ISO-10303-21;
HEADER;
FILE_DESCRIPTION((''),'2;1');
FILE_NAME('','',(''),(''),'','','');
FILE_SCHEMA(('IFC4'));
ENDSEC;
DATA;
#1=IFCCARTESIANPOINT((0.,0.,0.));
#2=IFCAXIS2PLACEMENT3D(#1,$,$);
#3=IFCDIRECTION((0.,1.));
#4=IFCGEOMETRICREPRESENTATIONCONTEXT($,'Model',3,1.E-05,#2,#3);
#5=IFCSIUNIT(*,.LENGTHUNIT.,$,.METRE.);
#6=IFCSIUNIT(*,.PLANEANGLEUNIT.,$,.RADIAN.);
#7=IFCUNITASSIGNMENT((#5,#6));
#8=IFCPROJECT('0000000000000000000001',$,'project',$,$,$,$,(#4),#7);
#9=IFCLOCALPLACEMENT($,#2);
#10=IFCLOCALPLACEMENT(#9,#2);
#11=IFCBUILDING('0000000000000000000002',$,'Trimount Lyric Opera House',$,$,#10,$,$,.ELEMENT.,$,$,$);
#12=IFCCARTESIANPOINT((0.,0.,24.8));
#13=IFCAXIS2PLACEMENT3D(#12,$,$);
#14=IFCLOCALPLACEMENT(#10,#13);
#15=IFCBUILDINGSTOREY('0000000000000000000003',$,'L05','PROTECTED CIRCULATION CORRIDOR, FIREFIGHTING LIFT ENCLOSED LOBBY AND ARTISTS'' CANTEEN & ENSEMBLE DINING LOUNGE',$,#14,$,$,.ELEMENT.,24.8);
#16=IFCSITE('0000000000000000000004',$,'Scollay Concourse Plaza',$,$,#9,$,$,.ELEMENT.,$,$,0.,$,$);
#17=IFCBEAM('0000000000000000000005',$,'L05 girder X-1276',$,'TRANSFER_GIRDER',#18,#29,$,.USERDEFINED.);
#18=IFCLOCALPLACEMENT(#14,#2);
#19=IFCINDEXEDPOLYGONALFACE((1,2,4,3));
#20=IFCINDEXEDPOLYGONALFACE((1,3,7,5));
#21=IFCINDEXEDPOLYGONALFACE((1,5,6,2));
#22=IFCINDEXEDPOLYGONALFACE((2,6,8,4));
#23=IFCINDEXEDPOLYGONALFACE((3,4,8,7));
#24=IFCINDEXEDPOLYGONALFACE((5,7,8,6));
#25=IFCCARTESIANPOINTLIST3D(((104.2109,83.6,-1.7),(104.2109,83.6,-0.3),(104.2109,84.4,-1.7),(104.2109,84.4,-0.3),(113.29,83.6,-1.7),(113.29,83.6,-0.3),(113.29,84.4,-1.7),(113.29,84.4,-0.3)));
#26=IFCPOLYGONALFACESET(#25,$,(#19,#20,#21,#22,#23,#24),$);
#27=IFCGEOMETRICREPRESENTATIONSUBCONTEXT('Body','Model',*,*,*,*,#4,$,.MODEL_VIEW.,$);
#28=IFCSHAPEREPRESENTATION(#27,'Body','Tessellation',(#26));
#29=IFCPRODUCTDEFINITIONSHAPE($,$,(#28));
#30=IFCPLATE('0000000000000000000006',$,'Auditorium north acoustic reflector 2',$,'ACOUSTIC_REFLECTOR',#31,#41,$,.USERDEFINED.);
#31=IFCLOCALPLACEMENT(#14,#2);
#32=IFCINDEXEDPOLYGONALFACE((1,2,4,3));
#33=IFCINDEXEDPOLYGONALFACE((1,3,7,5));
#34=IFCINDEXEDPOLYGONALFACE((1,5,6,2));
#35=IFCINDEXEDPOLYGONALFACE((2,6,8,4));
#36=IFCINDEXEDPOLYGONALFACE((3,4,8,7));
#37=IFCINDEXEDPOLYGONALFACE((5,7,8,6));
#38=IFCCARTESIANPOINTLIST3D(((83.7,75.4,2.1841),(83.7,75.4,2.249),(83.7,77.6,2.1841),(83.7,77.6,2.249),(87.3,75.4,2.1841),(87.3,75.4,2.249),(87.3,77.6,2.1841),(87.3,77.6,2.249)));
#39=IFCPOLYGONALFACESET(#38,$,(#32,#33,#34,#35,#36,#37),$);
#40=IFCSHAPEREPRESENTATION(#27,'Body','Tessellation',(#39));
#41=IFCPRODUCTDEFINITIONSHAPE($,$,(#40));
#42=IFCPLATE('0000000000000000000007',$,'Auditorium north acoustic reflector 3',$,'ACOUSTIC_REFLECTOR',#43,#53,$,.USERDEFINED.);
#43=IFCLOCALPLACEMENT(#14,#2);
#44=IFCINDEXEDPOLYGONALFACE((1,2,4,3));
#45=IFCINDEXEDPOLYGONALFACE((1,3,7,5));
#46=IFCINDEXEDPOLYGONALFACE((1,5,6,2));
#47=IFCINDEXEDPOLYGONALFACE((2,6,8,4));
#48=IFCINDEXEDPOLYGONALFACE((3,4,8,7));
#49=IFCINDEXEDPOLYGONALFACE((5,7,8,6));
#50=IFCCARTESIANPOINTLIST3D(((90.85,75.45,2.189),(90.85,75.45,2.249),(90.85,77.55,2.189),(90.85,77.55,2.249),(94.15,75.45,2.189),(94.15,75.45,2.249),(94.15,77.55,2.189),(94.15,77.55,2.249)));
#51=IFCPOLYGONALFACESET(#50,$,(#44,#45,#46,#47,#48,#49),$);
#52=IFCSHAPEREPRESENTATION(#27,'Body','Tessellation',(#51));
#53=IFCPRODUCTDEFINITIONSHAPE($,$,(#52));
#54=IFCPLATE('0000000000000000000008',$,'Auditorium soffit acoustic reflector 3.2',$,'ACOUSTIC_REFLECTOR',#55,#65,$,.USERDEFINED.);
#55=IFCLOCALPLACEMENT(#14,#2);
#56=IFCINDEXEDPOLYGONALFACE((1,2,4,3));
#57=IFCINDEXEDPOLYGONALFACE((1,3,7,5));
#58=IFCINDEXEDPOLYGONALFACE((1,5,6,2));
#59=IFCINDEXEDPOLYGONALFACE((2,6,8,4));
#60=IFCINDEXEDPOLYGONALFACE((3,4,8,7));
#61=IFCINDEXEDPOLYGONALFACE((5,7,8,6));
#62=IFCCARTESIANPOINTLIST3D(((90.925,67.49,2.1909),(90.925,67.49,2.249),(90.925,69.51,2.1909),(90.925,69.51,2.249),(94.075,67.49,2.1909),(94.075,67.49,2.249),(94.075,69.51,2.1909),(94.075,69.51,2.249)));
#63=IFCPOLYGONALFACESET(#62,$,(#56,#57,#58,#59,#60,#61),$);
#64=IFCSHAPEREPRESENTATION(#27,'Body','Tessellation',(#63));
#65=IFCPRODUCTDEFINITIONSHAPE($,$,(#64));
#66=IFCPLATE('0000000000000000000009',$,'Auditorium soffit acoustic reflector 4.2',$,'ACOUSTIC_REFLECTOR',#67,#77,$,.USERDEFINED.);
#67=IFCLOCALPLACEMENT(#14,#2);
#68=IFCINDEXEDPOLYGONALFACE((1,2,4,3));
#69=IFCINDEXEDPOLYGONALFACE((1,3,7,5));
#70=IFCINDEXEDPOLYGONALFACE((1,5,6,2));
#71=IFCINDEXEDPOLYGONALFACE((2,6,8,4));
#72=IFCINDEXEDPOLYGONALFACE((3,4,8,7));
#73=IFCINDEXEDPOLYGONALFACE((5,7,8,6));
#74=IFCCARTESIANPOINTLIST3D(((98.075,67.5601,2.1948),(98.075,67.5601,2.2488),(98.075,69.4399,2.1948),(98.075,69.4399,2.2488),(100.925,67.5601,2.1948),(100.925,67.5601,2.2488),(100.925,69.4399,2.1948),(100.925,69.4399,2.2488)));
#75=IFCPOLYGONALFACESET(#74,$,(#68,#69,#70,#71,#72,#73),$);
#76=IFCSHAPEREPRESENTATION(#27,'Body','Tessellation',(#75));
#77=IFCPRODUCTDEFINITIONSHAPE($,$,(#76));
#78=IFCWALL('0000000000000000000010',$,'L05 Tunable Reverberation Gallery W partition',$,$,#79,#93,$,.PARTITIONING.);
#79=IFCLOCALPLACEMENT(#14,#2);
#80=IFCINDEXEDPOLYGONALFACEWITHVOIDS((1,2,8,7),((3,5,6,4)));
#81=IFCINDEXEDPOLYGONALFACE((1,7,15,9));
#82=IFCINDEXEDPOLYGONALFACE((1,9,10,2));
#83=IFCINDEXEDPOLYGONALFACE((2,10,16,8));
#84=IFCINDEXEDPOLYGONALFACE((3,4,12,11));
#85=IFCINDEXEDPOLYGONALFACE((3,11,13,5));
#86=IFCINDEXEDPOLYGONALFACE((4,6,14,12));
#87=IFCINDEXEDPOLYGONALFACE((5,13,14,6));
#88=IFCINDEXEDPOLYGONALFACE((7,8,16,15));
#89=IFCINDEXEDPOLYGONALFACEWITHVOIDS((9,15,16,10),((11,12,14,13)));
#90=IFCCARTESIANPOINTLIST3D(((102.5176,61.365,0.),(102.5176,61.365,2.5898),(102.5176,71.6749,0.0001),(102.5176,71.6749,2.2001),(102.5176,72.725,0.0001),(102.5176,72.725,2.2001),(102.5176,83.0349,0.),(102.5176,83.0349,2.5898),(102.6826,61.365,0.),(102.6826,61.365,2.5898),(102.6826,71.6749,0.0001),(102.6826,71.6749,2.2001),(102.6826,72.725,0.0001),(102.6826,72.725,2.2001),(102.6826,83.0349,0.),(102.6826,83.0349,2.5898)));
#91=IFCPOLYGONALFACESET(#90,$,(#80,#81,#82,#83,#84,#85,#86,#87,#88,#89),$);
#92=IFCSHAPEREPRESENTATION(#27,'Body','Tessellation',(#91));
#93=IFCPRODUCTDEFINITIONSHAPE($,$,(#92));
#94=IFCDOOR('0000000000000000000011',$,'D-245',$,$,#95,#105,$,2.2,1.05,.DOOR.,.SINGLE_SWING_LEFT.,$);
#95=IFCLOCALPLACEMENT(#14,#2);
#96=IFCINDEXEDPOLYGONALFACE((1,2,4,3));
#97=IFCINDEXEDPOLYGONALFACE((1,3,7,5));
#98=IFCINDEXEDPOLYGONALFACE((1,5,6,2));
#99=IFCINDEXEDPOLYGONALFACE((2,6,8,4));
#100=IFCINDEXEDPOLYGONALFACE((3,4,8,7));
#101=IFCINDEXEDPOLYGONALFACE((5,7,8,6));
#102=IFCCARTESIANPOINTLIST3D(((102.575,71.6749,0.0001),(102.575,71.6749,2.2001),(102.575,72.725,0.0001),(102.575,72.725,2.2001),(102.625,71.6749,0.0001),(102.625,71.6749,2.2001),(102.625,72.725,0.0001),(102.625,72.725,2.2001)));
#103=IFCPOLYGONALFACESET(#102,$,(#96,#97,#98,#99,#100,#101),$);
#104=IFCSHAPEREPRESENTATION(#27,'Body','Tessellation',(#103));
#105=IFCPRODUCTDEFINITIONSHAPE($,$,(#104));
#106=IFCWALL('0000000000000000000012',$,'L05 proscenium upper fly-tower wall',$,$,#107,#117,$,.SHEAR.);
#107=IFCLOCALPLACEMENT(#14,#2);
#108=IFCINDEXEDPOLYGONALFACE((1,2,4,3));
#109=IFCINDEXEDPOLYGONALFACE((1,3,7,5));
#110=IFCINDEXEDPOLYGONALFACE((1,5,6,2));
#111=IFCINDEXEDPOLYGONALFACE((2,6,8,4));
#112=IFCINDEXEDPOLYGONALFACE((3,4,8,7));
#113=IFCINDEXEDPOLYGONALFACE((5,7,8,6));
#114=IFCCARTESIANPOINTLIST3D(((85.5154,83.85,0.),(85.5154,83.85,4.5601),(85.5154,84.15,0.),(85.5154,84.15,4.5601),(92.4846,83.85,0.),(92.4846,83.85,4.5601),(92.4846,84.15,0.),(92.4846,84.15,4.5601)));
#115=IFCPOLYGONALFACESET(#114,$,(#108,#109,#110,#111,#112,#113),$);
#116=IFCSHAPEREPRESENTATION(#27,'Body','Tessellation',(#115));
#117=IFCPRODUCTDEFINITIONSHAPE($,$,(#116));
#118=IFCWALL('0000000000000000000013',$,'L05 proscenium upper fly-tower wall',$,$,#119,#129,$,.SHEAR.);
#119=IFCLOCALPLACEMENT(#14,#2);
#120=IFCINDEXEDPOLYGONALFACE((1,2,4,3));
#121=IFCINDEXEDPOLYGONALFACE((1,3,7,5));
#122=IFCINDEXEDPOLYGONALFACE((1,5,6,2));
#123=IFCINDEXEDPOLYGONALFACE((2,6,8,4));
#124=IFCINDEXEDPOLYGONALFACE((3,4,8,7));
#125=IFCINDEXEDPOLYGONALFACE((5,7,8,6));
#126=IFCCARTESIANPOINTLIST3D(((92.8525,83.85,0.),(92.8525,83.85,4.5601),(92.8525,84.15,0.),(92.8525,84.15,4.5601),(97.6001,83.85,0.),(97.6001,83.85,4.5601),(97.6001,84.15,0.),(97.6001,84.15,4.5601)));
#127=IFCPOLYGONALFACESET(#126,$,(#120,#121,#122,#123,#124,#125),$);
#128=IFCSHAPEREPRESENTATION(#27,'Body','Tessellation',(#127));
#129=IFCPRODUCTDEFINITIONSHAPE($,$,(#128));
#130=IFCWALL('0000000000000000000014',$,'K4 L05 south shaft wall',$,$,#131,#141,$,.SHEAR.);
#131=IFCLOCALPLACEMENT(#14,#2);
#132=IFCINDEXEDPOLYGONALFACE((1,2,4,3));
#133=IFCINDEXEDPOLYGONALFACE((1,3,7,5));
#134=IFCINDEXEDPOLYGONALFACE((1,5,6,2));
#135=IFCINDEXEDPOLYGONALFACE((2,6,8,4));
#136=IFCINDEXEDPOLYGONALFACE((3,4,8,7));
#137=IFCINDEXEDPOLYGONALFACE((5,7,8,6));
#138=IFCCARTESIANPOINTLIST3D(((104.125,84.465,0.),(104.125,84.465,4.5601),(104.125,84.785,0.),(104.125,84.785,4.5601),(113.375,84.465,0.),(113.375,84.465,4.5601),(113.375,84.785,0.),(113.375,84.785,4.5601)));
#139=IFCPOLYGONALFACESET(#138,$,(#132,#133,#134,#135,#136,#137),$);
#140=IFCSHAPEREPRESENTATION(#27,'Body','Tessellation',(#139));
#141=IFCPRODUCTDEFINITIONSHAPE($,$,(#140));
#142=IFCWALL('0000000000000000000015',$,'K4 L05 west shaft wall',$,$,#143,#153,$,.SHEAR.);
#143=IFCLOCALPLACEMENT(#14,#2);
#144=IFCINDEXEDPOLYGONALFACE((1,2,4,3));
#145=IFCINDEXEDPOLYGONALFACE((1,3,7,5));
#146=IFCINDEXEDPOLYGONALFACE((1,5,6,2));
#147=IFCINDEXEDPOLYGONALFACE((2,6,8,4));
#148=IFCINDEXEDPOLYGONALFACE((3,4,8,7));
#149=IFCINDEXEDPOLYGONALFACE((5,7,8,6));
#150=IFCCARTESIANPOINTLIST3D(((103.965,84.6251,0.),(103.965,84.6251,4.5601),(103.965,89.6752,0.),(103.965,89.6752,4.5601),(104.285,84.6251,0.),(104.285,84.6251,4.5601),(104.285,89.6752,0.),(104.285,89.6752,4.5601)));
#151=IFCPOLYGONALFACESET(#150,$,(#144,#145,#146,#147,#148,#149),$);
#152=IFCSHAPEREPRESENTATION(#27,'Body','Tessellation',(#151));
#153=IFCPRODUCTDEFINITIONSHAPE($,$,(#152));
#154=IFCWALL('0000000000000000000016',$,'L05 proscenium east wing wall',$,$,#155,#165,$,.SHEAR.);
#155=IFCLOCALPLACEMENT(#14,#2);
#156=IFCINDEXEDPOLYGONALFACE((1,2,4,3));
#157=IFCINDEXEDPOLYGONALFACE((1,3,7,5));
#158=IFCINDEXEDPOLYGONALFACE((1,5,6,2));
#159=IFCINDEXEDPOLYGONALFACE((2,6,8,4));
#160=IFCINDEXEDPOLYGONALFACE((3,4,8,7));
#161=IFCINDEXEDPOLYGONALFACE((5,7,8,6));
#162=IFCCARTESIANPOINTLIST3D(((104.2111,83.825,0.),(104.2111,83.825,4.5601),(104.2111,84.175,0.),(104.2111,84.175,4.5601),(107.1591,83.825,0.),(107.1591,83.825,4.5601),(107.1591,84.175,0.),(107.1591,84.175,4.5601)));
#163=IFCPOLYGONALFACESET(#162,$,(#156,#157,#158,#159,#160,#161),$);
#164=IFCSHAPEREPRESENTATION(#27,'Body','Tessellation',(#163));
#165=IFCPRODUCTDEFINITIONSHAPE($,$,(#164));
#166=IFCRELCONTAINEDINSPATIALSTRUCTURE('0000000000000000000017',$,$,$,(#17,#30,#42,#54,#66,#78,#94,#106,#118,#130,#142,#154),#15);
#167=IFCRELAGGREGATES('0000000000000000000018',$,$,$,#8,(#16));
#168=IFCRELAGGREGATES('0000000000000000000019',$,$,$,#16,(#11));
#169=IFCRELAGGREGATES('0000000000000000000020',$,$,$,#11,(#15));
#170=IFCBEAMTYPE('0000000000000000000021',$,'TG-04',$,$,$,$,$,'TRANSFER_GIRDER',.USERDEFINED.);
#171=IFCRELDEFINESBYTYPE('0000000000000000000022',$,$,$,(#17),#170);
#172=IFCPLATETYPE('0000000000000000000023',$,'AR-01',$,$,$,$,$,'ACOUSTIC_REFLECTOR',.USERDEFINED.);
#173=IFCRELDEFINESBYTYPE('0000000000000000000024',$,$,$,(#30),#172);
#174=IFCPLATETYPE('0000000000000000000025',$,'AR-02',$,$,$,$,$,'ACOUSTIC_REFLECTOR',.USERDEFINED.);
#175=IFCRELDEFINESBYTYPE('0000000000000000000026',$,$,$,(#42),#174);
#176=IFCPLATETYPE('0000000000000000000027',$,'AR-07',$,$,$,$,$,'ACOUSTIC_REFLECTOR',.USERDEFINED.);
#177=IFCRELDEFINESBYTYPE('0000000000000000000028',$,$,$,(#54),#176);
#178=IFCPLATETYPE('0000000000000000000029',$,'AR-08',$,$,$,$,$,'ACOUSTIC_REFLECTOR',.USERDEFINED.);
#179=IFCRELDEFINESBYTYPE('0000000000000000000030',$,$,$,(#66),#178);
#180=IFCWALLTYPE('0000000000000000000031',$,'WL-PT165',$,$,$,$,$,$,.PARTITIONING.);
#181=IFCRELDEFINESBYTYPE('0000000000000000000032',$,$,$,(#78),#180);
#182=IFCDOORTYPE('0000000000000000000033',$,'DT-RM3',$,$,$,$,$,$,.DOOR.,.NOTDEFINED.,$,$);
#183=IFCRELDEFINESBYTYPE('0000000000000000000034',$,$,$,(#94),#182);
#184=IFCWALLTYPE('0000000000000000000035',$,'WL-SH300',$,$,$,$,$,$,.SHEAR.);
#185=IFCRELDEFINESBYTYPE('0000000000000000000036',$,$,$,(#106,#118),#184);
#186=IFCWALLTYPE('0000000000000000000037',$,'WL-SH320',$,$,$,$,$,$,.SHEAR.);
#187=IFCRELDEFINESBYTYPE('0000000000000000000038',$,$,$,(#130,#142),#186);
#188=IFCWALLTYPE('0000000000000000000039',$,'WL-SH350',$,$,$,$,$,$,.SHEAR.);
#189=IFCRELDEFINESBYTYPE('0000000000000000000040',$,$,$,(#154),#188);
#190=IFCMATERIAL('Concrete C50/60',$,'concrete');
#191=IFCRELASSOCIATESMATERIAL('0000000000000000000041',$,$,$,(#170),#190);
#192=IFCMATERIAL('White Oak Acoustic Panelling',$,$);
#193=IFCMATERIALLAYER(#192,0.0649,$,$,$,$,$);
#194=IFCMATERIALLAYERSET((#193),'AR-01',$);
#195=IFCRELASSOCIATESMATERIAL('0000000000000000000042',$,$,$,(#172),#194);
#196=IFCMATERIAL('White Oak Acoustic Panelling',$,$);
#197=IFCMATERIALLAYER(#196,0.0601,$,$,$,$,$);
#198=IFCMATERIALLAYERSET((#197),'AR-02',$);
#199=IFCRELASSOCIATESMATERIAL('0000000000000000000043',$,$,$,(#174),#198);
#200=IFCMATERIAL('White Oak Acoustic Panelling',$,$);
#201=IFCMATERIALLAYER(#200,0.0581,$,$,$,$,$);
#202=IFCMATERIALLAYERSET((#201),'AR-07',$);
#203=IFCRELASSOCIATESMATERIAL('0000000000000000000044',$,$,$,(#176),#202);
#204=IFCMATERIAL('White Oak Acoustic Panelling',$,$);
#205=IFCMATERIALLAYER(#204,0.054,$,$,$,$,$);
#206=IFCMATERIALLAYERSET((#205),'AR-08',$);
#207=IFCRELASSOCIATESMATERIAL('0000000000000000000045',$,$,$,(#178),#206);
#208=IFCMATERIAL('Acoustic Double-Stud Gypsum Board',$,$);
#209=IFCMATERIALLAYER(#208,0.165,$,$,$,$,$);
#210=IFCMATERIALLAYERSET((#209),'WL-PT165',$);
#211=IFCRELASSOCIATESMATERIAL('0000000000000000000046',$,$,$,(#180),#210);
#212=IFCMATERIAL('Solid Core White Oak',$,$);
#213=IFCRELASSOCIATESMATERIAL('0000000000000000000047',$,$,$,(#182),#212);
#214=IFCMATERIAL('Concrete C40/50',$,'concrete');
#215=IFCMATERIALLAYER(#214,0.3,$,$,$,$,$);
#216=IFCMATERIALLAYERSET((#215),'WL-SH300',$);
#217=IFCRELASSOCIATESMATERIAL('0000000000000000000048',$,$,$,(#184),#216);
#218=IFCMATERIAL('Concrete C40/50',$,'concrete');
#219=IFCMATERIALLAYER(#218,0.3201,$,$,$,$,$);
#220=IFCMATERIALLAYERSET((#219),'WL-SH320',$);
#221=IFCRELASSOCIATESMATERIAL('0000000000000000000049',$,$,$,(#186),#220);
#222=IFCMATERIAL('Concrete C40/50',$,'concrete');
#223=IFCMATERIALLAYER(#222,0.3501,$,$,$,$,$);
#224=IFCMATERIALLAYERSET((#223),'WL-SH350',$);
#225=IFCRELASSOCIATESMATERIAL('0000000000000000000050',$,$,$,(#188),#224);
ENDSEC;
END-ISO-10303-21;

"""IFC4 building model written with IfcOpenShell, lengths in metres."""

from ifc_helpers import new_model, si_unit, direction, frame, frame_2d, origin, origin_2d, place, context, subcontext, project, spatial, rectangle, extrude, material, layer, layer_set, material_profile, profile_set, type_object, element, fill, save


model = new_model("IFC4")

# Units and contexts
model_context = context("Model", 3, precision=1e-05, world=origin(), true_north=direction((0.0, 1.0)))
body_context = subcontext(model_context, "Body", "Model", "MODEL_VIEW")
ifc_project = project(units=[si_unit("LENGTHUNIT", "METRE"), si_unit("PLANEANGLEUNIT", "RADIAN")], contexts=[model_context])

# Site, building, storey
site_placement = place(None, origin())
site = spatial("IfcSite", under=ifc_project, at=site_placement, Name="Scollay Concourse Plaza", CompositionType="ELEMENT", RefElevation=0.0)
building_placement = place(site_placement, origin())
building = spatial("IfcBuilding", under=site, at=building_placement, Name="Trimount Lyric Opera House", CompositionType="ELEMENT")
storey_placement = place(building_placement, frame((0.0, 0.0, 24.8)))
storey = spatial("IfcBuildingStorey", under=building, at=storey_placement, Name="L05", Description="PROTECTED CIRCULATION CORRIDOR, FIREFIGHTING LIFT ENCLOSED LOBBY AND ARTISTS' CANTEEN & ENSEMBLE DINING LOUNGE", CompositionType="ELEMENT", Elevation=24.8)

# Beam
ifc_material_1 = material(Name="Concrete C50/60", Category="concrete")
ifc_material_profile_1 = material_profile(ifc_material_1, rectangle(XDim=0.8, YDim=1.3999, at=origin_2d()), Name="RC800X1400")
ifc_profile_set_1 = profile_set([ifc_material_profile_1], Name="Concrete C50/60")
beam_type_1 = type_object("IfcBeamType", Name="TG-04", ElementType="TRANSFER_GIRDER", PredefinedType="USERDEFINED", material=ifc_profile_set_1)
beam_1_placement = place(storey_placement, frame((104.2109, 84.0, -1.0), z_axis=(1.0, 0.0, 0.0), x_axis=(0.0, 1.0, 0.0)))
element("IfcBeam", 1, at=beam_1_placement, inside=storey, type_object=beam_type_1, Name="L05 girder X-1276", ObjectType="TRANSFER_GIRDER", PredefinedType="USERDEFINED", context=body_context, shape_type="SweptSolid", body=[
    extrude(rectangle(XDim=0.8, YDim=1.3999, at=origin_2d()), origin(), (0.0, 0.0, 1.0), 9.0791),
])

# Plates
ifc_material_2 = material(Name="White Oak Acoustic Panelling")
ifc_layer_1 = layer(ifc_material_2, 0.0649)
ifc_layer_set_1 = layer_set([ifc_layer_1], Name="AR-01")
plate_type_1 = type_object("IfcPlateType", Name="AR-01", ElementType="ACOUSTIC_REFLECTOR", PredefinedType="USERDEFINED", material=ifc_layer_set_1)
plate_1_placement = place(storey_placement, frame((85.5, 76.5, 2.1841), z_axis=(0.0, 0.0, 1.0), x_axis=(1.0, 0.0, 0.0)))
element("IfcPlate", 2, at=plate_1_placement, inside=storey, type_object=plate_type_1, Name="Auditorium north acoustic reflector 2", ObjectType="ACOUSTIC_REFLECTOR", PredefinedType="USERDEFINED", context=body_context, shape_type="SweptSolid", body=[
    extrude(rectangle(XDim=3.6001, YDim=2.2, at=origin_2d()), origin(), (0.0, 0.0, 1.0), 0.0649),
])
ifc_material_3 = material(Name="White Oak Acoustic Panelling")
ifc_layer_2 = layer(ifc_material_3, 0.0601)
ifc_layer_set_2 = layer_set([ifc_layer_2], Name="AR-02")
plate_type_2 = type_object("IfcPlateType", Name="AR-02", ElementType="ACOUSTIC_REFLECTOR", PredefinedType="USERDEFINED", material=ifc_layer_set_2)
plate_2_placement = place(storey_placement, frame((92.5, 76.5, 2.189), z_axis=(0.0, 0.0, 1.0), x_axis=(1.0, 0.0, 0.0)))
element("IfcPlate", 3, at=plate_2_placement, inside=storey, type_object=plate_type_2, Name="Auditorium north acoustic reflector 3", ObjectType="ACOUSTIC_REFLECTOR", PredefinedType="USERDEFINED", context=body_context, shape_type="SweptSolid", body=[
    extrude(rectangle(XDim=3.3, YDim=2.1001, at=origin_2d()), origin(), (0.0, 0.0, 1.0), 0.0601),
])
ifc_material_4 = material(Name="White Oak Acoustic Panelling")
ifc_layer_3 = layer(ifc_material_4, 0.0581)
ifc_layer_set_3 = layer_set([ifc_layer_3], Name="AR-07")
plate_type_3 = type_object("IfcPlateType", Name="AR-07", ElementType="ACOUSTIC_REFLECTOR", PredefinedType="USERDEFINED", material=ifc_layer_set_3)
plate_3_placement = place(storey_placement, frame((92.5, 68.5, 2.1909), z_axis=(0.0, 0.0, 1.0), x_axis=(1.0, 0.0, 0.0)))
element("IfcPlate", 4, at=plate_3_placement, inside=storey, type_object=plate_type_3, Name="Auditorium soffit acoustic reflector 3.2", ObjectType="ACOUSTIC_REFLECTOR", PredefinedType="USERDEFINED", context=body_context, shape_type="SweptSolid", body=[
    extrude(rectangle(XDim=3.1499, YDim=2.02, at=origin_2d()), origin(), (0.0, 0.0, 1.0), 0.0581),
])
ifc_material_5 = material(Name="White Oak Acoustic Panelling")
ifc_layer_4 = layer(ifc_material_5, 0.054)
ifc_layer_set_4 = layer_set([ifc_layer_4], Name="AR-08")
plate_type_4 = type_object("IfcPlateType", Name="AR-08", ElementType="ACOUSTIC_REFLECTOR", PredefinedType="USERDEFINED", material=ifc_layer_set_4)
plate_4_placement = place(storey_placement, frame((99.5, 68.5, 2.1948), z_axis=(0.0, 0.0, 1.0), x_axis=(1.0, 0.0, 0.0)))
element("IfcPlate", 5, at=plate_4_placement, inside=storey, type_object=plate_type_4, Name="Auditorium soffit acoustic reflector 4.2", ObjectType="ACOUSTIC_REFLECTOR", PredefinedType="USERDEFINED", context=body_context, shape_type="SweptSolid", body=[
    extrude(rectangle(XDim=2.8501, YDim=1.8799, at=origin_2d()), origin(), (0.0, 0.0, 1.0), 0.054),
])

# Wall, opening, door
ifc_material_6 = material(Name="Acoustic Double-Stud Gypsum Board")
ifc_layer_5 = layer(ifc_material_6, 0.165)
ifc_layer_set_5 = layer_set([ifc_layer_5], Name="WL-PT165")
wall_type_1 = type_object("IfcWallType", Name="WL-PT165", PredefinedType="PARTITIONING", material=ifc_layer_set_5)
wall_1_placement = place(storey_placement, frame((102.6001, 83.0349, 0.0), z_axis=(0.0, 0.0, 1.0), x_axis=(0.0, -1.0, 0.0)))
wall_1 = element("IfcWall", 6, at=wall_1_placement, inside=storey, type_object=wall_type_1, Name="L05 Tunable Reverberation Gallery W partition", PredefinedType="PARTITIONING", context=body_context, shape_type="SweptSolid", body=[
    extrude(rectangle(XDim=21.6699, YDim=0.165, at=frame_2d((10.835, 0.0))), origin(), (0.0, 0.0, 1.0), 2.5898),
])
opening_placement = place(wall_1_placement, frame((10.3101, 0.0, 0.0)))
opening = element("IfcOpeningElement", 7, at=opening_placement, cuts=wall_1, PredefinedType="OPENING", context=body_context, shape_type="SweptSolid", body=[
    extrude(rectangle(XDim=1.05, YDim=2.2, at=frame_2d((0.5249, 1.1001))), frame((0.0, 0.0925, 0.0), z_axis=(0.0, -1.0, 0.0), x_axis=(1.0, 0.0, 0.0)), (0.0, 0.0, 1.0), 0.1851),
])
ifc_material_7 = material(Name="Solid Core White Oak")
door_type = type_object("IfcDoorType", Name="DT-RM3", OperationType="NOTDEFINED", PredefinedType="DOOR", material=ifc_material_7)
door_placement = place(opening_placement, origin())
door = element("IfcDoor", 8, at=door_placement, inside=storey, type_object=door_type, Name="D-245", OperationType="SINGLE_SWING_LEFT", OverallHeight=2.2, OverallWidth=1.05, PredefinedType="DOOR", context=body_context, shape_type="SweptSolid", body=[
    extrude(rectangle(XDim=1.05, YDim=2.2, at=frame_2d((0.5249, 1.1001))), frame((0.0, 0.0249, 0.0), z_axis=(0.0, -1.0, 0.0), x_axis=(1.0, 0.0, 0.0)), (0.0, 0.0, 1.0), 0.05),
])
fill(opening, door)

# Walls
ifc_material_8 = material(Name="Concrete C40/50", Category="concrete")
ifc_layer_6 = layer(ifc_material_8, 0.3)
ifc_layer_set_6 = layer_set([ifc_layer_6], Name="WL-SH300")
wall_type_2 = type_object("IfcWallType", Name="WL-SH300", PredefinedType="SHEAR", material=ifc_layer_set_6)
wall_2_placement = place(storey_placement, frame((85.5154, 84.0, 0.0), z_axis=(0.0, 0.0, 1.0), x_axis=(1.0, 0.0, 0.0)))
element("IfcWall", 9, at=wall_2_placement, inside=storey, type_object=wall_type_2, Name="L05 proscenium upper fly-tower wall", PredefinedType="SHEAR", context=body_context, shape_type="SweptSolid", body=[
    extrude(rectangle(XDim=6.9692, YDim=0.3, at=frame_2d((3.4846, 0.0))), origin(), (0.0, 0.0, 1.0), 4.5601),
])
wall_3_placement = place(storey_placement, frame((92.8525, 84.0, 0.0), z_axis=(0.0, 0.0, 1.0), x_axis=(1.0, 0.0, 0.0)))
element("IfcWall", 10, at=wall_3_placement, inside=storey, type_object=wall_type_2, Name="L05 proscenium upper fly-tower wall", PredefinedType="SHEAR", context=body_context, shape_type="SweptSolid", body=[
    extrude(rectangle(XDim=4.7476, YDim=0.3, at=frame_2d((2.3738, 0.0))), origin(), (0.0, 0.0, 1.0), 4.5601),
])
ifc_material_9 = material(Name="Concrete C40/50", Category="concrete")
ifc_layer_7 = layer(ifc_material_9, 0.3201)
ifc_layer_set_7 = layer_set([ifc_layer_7], Name="WL-SH320")
wall_type_3 = type_object("IfcWallType", Name="WL-SH320", PredefinedType="SHEAR", material=ifc_layer_set_7)
wall_4_placement = place(storey_placement, frame((104.125, 84.625, 0.0), z_axis=(0.0, 0.0, 1.0), x_axis=(1.0, 0.0, 0.0)))
element("IfcWall", 11, at=wall_4_placement, inside=storey, type_object=wall_type_3, Name="K4 L05 south shaft wall", PredefinedType="SHEAR", context=body_context, shape_type="SweptSolid", body=[
    extrude(rectangle(XDim=9.25, YDim=0.3201, at=frame_2d((4.625, 0.0))), origin(), (0.0, 0.0, 1.0), 4.5601),
])
wall_5_placement = place(storey_placement, frame((104.125, 89.675, 0.0), z_axis=(0.0, 0.0, 1.0), x_axis=(0.0, -1.0, 0.0)))
element("IfcWall", 12, at=wall_5_placement, inside=storey, type_object=wall_type_3, Name="K4 L05 west shaft wall", PredefinedType="SHEAR", context=body_context, shape_type="SweptSolid", body=[
    extrude(rectangle(XDim=5.05, YDim=0.3201, at=frame_2d((2.5249, 0.0))), origin(), (0.0, 0.0, 1.0), 4.5601),
])
ifc_material_10 = material(Name="Concrete C40/50", Category="concrete")
ifc_layer_8 = layer(ifc_material_10, 0.3501)
ifc_layer_set_8 = layer_set([ifc_layer_8], Name="WL-SH350")
wall_type_4 = type_object("IfcWallType", Name="WL-SH350", PredefinedType="SHEAR", material=ifc_layer_set_8)
wall_6_placement = place(storey_placement, frame((104.2109, 84.0, 0.0), z_axis=(0.0, 0.0, 1.0), x_axis=(1.0, 0.0, 0.0)))
element("IfcWall", 13, at=wall_6_placement, inside=storey, type_object=wall_type_4, Name="L05 proscenium east wing wall", PredefinedType="SHEAR", context=body_context, shape_type="SweptSolid", body=[
    extrude(rectangle(XDim=2.948, YDim=0.3501, at=frame_2d((1.4741, 0.0))), origin(), (0.0, 0.0, 1.0), 4.5601),
])

save(model, "model.ifc")
